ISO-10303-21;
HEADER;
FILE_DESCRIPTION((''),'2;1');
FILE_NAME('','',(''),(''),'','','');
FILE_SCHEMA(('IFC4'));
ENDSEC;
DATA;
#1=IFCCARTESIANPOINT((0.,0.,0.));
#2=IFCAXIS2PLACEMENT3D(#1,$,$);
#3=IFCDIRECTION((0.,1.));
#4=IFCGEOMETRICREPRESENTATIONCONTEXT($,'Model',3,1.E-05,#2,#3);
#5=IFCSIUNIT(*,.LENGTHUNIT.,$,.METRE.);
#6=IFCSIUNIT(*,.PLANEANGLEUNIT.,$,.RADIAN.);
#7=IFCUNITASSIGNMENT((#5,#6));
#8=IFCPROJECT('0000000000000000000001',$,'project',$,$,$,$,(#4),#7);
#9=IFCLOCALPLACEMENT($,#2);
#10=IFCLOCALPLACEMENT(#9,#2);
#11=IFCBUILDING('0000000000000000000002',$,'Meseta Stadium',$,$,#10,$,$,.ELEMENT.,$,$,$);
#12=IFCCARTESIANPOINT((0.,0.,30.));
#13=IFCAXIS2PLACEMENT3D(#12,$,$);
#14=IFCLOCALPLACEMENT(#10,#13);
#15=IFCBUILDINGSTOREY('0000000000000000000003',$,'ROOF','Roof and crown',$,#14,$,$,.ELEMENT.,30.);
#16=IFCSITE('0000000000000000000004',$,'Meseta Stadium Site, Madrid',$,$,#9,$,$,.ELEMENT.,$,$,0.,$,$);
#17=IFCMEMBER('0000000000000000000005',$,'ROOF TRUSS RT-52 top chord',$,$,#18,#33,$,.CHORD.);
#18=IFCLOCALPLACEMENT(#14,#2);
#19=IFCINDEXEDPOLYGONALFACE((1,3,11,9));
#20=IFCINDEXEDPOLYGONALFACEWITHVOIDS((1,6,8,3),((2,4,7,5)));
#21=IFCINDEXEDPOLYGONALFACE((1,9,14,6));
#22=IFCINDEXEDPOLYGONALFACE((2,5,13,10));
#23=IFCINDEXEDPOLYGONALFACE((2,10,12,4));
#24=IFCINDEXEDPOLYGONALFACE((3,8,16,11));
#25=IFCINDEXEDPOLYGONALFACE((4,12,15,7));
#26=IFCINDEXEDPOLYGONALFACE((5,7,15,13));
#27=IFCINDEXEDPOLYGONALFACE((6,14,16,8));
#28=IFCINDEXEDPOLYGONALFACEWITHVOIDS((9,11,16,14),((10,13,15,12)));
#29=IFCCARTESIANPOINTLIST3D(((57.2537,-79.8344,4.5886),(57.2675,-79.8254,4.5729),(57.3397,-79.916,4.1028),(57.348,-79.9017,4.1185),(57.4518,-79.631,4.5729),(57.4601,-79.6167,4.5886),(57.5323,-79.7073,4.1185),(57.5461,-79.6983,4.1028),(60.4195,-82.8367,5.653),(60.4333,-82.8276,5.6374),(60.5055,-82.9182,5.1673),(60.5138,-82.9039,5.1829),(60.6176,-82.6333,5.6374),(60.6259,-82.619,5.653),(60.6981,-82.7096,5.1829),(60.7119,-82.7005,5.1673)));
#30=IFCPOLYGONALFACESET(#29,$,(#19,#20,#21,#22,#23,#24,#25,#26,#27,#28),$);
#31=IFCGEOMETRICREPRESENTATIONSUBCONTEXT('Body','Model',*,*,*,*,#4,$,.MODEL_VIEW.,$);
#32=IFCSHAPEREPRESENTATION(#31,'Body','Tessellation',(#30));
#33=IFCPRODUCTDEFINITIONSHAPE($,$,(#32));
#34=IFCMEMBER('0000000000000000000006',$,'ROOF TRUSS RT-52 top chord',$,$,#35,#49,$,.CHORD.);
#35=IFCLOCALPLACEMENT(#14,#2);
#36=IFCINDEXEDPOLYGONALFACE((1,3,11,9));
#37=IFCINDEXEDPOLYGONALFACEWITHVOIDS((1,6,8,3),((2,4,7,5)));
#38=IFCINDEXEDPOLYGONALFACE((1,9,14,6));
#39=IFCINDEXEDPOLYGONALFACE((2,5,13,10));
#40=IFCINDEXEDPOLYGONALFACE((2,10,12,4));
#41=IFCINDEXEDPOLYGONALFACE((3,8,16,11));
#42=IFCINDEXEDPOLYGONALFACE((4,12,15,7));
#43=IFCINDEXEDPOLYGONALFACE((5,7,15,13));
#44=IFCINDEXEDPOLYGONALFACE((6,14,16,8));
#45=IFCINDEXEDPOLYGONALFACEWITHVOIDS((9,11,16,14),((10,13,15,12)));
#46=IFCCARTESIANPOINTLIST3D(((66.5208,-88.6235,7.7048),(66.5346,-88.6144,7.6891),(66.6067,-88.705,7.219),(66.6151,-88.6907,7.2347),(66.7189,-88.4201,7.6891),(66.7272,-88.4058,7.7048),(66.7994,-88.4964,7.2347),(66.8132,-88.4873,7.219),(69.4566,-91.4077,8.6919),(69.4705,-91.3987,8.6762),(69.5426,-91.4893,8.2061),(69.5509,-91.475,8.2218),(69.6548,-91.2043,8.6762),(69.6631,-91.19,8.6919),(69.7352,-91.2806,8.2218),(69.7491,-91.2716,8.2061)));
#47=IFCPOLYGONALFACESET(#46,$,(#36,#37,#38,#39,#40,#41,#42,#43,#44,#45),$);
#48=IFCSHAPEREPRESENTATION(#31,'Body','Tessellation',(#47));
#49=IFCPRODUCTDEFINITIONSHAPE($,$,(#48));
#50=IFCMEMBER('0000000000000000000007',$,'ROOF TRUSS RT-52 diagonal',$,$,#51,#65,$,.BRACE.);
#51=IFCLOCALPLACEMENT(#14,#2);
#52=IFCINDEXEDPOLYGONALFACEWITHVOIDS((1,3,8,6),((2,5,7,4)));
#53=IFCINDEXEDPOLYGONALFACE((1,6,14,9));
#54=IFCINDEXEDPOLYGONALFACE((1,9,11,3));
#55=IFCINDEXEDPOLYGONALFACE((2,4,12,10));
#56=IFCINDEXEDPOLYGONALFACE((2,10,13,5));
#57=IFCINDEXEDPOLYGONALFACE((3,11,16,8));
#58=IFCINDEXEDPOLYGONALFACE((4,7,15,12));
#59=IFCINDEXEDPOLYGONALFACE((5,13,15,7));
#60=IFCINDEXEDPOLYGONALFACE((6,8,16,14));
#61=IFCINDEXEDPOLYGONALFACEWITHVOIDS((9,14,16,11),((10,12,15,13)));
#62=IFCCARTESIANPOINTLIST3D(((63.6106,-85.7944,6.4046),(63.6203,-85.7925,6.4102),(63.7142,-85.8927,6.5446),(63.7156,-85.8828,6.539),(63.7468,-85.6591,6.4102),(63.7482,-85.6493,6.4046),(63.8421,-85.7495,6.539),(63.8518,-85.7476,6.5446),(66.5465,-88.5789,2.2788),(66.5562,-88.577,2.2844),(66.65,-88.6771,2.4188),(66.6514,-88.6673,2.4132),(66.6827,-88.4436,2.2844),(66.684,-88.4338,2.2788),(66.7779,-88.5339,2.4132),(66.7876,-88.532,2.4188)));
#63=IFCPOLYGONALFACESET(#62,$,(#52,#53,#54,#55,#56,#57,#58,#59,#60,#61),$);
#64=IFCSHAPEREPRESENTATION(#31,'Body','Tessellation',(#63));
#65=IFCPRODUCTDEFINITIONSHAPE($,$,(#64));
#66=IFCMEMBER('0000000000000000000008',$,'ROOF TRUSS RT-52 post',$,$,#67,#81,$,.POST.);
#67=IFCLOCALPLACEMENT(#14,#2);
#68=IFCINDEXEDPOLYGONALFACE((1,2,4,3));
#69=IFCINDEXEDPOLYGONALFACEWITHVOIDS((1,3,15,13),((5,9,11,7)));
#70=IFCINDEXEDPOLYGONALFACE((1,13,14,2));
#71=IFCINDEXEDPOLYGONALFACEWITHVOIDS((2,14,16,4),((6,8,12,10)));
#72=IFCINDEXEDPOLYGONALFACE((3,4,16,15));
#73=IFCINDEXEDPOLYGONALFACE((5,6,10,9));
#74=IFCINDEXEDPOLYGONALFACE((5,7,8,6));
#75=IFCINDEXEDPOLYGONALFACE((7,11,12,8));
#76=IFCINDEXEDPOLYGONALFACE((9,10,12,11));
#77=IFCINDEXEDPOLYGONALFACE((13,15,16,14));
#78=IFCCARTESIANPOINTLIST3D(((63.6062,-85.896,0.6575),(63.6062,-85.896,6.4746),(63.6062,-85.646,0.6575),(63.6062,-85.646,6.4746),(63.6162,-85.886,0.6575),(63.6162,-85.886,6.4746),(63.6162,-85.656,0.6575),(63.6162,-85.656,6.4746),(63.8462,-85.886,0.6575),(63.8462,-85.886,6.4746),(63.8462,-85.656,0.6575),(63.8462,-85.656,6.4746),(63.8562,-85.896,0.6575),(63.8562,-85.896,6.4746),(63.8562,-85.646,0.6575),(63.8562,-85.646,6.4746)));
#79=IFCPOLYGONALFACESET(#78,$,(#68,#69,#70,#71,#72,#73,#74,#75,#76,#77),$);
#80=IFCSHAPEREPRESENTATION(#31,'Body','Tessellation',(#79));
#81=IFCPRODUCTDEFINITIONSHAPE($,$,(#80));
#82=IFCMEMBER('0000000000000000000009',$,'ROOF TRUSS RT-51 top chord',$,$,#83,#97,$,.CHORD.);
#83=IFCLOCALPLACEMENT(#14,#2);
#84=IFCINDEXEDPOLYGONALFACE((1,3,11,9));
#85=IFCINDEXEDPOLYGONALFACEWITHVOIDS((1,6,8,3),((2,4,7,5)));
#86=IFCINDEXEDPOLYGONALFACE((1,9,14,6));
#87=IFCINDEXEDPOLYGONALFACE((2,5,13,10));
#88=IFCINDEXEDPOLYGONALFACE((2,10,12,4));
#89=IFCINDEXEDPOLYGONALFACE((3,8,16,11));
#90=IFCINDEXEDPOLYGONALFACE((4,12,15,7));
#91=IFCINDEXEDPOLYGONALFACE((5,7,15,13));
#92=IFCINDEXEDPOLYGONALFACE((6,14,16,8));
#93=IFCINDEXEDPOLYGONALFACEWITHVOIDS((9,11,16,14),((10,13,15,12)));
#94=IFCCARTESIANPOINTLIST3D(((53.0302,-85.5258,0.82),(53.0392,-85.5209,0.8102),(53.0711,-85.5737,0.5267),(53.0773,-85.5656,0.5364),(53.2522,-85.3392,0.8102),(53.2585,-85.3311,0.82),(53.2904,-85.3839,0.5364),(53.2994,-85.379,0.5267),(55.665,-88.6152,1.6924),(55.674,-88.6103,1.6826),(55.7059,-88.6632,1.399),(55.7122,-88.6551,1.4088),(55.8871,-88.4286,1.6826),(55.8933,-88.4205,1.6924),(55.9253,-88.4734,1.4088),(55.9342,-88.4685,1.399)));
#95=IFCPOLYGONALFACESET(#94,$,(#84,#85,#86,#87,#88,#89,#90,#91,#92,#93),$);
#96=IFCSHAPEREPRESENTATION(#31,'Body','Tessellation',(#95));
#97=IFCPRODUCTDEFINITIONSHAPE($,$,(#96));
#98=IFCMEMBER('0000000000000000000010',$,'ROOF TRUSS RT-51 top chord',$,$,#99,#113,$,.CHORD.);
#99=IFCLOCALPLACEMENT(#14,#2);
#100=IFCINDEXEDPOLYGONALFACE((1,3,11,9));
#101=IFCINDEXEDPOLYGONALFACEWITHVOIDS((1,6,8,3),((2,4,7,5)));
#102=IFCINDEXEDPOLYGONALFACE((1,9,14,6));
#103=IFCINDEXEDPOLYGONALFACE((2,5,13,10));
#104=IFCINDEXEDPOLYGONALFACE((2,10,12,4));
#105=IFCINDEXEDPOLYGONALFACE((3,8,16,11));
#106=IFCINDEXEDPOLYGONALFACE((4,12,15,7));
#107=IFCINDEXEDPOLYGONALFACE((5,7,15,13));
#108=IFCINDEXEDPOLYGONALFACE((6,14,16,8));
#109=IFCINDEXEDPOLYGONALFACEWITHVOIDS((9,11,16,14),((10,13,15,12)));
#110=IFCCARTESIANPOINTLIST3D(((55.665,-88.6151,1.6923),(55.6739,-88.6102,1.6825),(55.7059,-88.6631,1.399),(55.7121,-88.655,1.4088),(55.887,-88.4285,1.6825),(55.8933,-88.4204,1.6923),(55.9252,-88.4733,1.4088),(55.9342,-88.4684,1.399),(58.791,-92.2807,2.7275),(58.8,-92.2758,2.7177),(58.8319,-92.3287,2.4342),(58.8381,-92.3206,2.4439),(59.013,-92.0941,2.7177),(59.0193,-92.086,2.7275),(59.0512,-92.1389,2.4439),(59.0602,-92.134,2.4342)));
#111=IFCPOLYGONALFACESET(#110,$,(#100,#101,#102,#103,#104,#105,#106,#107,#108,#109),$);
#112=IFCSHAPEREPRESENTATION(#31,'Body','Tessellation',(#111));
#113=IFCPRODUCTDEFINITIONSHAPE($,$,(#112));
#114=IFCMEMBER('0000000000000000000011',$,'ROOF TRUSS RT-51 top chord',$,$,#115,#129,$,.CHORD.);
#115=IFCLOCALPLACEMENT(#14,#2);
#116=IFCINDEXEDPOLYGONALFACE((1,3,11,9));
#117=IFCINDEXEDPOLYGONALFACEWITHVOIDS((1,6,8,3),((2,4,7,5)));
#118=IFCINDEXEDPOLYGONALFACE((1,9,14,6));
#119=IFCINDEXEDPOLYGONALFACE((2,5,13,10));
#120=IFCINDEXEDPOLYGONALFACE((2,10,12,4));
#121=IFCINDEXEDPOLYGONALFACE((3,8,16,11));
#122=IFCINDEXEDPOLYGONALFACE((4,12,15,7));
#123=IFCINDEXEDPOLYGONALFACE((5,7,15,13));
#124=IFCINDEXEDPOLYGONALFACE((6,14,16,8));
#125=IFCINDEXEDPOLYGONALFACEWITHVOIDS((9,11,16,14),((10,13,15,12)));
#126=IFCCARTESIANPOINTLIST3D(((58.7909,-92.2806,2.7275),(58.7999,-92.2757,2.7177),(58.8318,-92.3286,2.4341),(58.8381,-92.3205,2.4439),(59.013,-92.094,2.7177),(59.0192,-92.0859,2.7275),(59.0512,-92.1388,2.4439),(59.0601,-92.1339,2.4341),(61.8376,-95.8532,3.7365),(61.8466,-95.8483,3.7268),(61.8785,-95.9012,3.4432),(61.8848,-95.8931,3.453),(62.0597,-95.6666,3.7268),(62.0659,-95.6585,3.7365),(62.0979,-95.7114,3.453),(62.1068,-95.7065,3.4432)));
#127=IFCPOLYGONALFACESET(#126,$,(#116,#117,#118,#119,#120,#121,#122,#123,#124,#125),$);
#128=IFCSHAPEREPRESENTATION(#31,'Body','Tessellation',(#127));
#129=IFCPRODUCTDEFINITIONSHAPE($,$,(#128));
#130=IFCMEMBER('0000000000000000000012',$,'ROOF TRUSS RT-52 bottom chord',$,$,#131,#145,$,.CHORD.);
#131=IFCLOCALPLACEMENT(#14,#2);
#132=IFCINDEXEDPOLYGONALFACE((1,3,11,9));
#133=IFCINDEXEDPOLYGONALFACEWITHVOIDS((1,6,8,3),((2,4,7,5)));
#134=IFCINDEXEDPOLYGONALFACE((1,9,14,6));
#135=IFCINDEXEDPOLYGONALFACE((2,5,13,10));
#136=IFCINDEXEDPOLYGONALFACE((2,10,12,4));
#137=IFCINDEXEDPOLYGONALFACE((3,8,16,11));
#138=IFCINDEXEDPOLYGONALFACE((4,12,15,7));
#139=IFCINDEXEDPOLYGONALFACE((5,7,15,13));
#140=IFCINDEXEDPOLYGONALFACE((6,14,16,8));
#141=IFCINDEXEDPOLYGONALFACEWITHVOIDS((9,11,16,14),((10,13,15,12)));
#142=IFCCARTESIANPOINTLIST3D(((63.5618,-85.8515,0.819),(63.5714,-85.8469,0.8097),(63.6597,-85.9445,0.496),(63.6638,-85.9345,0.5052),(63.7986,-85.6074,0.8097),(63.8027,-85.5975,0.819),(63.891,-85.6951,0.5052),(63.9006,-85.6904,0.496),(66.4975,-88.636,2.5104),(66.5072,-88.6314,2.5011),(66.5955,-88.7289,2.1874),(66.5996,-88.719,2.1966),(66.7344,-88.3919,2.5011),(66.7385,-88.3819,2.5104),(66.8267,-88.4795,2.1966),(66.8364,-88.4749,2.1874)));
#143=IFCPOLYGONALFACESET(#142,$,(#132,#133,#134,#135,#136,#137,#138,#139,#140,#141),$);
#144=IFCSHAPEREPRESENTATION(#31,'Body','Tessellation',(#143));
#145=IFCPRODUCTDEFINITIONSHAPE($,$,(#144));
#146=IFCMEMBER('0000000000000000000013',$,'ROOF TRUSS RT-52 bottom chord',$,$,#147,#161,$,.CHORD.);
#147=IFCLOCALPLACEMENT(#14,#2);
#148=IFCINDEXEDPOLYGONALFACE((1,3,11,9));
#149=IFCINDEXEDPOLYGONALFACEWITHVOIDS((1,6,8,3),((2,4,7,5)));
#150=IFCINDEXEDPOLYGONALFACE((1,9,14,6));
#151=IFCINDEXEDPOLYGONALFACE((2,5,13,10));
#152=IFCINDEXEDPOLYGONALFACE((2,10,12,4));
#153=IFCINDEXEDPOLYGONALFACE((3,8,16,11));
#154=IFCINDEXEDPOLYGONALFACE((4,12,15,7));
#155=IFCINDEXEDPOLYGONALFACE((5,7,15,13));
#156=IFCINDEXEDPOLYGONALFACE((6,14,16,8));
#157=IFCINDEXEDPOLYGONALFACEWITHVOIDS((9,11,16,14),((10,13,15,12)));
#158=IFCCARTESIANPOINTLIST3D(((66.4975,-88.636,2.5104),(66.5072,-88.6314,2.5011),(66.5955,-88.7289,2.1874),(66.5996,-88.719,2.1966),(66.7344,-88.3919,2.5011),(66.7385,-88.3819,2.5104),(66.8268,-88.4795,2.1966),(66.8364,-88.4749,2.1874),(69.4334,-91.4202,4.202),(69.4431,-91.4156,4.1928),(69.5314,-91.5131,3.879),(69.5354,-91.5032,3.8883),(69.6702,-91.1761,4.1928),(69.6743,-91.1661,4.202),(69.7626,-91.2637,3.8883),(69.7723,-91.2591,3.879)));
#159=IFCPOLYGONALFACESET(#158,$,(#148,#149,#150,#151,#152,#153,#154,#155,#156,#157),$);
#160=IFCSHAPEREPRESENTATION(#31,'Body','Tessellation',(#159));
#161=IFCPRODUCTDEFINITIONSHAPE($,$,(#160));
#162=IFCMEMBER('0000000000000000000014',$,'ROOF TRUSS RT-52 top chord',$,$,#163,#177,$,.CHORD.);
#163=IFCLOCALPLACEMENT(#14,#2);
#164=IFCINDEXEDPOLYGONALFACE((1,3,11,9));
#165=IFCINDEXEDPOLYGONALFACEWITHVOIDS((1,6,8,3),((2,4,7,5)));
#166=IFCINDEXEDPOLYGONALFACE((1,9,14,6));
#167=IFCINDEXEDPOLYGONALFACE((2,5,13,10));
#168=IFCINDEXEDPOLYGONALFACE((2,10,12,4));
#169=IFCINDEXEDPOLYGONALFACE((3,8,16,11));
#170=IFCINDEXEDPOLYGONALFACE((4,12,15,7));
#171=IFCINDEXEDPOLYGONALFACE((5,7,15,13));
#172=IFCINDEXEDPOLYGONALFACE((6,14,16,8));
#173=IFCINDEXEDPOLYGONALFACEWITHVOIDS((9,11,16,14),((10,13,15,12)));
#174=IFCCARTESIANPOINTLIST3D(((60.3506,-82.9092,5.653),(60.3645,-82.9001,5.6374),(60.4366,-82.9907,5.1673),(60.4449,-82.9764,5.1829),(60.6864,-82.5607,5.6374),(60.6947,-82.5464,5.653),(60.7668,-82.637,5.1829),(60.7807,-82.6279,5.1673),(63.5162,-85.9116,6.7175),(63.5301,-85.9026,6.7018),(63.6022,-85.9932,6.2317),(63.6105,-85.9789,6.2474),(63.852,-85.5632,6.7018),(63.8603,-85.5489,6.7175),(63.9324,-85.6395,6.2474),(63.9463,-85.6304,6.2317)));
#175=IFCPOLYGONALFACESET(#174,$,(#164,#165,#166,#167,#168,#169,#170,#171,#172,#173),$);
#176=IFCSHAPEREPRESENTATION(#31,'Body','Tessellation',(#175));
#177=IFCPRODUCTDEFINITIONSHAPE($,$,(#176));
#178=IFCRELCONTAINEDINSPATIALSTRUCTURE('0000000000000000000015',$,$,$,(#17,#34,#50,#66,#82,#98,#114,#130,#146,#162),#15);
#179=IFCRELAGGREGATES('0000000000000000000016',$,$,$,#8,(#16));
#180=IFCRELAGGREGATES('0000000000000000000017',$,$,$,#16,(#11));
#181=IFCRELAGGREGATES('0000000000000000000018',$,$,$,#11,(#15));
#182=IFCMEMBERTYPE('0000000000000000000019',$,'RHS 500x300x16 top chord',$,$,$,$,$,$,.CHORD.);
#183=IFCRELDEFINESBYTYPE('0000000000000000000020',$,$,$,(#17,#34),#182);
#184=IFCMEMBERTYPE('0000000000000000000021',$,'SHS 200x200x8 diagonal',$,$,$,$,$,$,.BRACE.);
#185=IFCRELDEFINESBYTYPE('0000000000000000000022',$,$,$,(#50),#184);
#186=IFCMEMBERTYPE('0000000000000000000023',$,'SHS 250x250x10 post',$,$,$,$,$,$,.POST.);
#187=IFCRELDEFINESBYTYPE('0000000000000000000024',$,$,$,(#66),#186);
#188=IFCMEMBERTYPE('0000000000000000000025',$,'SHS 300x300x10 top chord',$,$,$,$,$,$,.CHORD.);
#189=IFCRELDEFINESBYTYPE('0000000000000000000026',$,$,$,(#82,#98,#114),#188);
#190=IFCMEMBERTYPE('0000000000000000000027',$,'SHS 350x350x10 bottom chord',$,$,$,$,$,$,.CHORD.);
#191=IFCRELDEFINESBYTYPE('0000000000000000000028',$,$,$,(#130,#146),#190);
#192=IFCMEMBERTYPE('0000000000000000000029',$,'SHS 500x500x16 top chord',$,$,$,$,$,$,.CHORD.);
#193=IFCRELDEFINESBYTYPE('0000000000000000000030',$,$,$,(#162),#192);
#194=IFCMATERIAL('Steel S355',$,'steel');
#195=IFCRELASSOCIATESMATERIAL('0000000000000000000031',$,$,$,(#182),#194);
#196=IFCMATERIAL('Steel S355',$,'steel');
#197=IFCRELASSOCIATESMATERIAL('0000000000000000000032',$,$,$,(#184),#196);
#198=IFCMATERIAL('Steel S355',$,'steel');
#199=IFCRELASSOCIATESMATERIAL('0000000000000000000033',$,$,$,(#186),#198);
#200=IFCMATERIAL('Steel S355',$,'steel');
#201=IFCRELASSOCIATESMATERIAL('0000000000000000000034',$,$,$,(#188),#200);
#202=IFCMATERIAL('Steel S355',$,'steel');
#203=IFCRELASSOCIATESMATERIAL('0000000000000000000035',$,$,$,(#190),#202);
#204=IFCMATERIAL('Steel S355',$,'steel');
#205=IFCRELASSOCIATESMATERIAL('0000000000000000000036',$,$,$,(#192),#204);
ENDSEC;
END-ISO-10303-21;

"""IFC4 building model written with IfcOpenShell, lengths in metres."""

from ifc_helpers import new_model, si_unit, direction, frame, origin, origin_2d, place, context, subcontext, project, spatial, hollow_rectangle, extrude, material, material_profile, profile_set, type_object, element, save


model = new_model("IFC4")

# Units and contexts
model_context = context("Model", 3, precision=1e-05, world=origin(), true_north=direction((0.0, 1.0)))
body_context = subcontext(model_context, "Body", "Model", "MODEL_VIEW")
ifc_project = project(units=[si_unit("LENGTHUNIT", "METRE"), si_unit("PLANEANGLEUNIT", "RADIAN")], contexts=[model_context])

# Site, building, storey
site_placement = place(None, origin())
site = spatial("IfcSite", under=ifc_project, at=site_placement, Name="Meseta Stadium Site, Madrid", CompositionType="ELEMENT", RefElevation=0.0)
building_placement = place(site_placement, origin())
building = spatial("IfcBuilding", under=site, at=building_placement, Name="Meseta Stadium", CompositionType="ELEMENT")
storey_placement = place(building_placement, frame((0.0, 0.0, 30.0)))
storey = spatial("IfcBuildingStorey", under=building, at=storey_placement, Name="ROOF", Description="Roof and crown", CompositionType="ELEMENT", Elevation=30.0)

# Members
ifc_material_1 = material(Name="Steel S355", Category="steel")
ifc_material_profile_1 = material_profile(ifc_material_1, hollow_rectangle(XDim=0.3, YDim=0.5, WallThickness=0.0161, at=origin_2d()), Name="RHS 500x300x16")
ifc_profile_set_1 = profile_set([ifc_material_profile_1], Name="Steel S355")
member_type_1 = type_object("IfcMemberType", Name="RHS 500x300x16 top chord", PredefinedType="CHORD", material=ifc_profile_set_1)
member_1_placement = place(storey_placement, frame((57.3999, -79.7664, 4.3457), z_axis=(0.704927, -0.668504, 0.237023), x_axis=(0.688112, 0.725604, 0.0)))
element("IfcMember", 1, at=member_1_placement, inside=storey, type_object=member_type_1, Name="ROOF TRUSS RT-52 top chord", PredefinedType="CHORD", context=body_context, shape_type="SweptSolid", body=[
    extrude(hollow_rectangle(XDim=0.3, YDim=0.5, WallThickness=0.0161, at=origin_2d()), origin(), (0.0, 0.0, 1.0), 4.491),
])
member_2_placement = place(storey_placement, frame((66.667, -88.5554, 7.4619), z_axis=(0.704921, -0.668517, 0.237006), x_axis=(0.688123, 0.725594, 0.0)))
element("IfcMember", 2, at=member_2_placement, inside=storey, type_object=member_type_1, Name="ROOF TRUSS RT-52 top chord", PredefinedType="CHORD", context=body_context, shape_type="SweptSolid", body=[
    extrude(hollow_rectangle(XDim=0.3, YDim=0.5, WallThickness=0.0161, at=origin_2d()), origin(), (0.0, 0.0, 1.0), 4.1648),
])
ifc_material_2 = material(Name="Steel S355", Category="steel")
ifc_material_profile_2 = material_profile(ifc_material_2, hollow_rectangle(XDim=0.2, YDim=0.2, WallThickness=0.0081, at=origin_2d()), Name="SHS 200x200x8")
ifc_profile_set_2 = profile_set([ifc_material_profile_2], Name="Steel S355")
member_type_2 = type_object("IfcMemberType", Name="SHS 200x200x8 diagonal", PredefinedType="BRACE", material=ifc_profile_set_2)
member_3_placement = place(storey_placement, frame((63.7312, -85.771, 6.4746), z_axis=(0.508035, -0.481841, -0.713953), x_axis=(0.688155, 0.725564, 0.0)))
element("IfcMember", 3, at=member_3_placement, inside=storey, type_object=member_type_2, Name="ROOF TRUSS RT-52 diagonal", PredefinedType="BRACE", context=body_context, shape_type="SweptSolid", body=[
    extrude(hollow_rectangle(XDim=0.2, YDim=0.2, WallThickness=0.0081, at=origin_2d()), origin(), (0.0, 0.0, 1.0), 5.7788),
])
ifc_material_3 = material(Name="Steel S355", Category="steel")
ifc_material_profile_3 = material_profile(ifc_material_3, hollow_rectangle(XDim=0.25, YDim=0.25, WallThickness=0.01, at=origin_2d()), Name="SHS 250x250x10")
ifc_profile_set_3 = profile_set([ifc_material_profile_3], Name="Steel S355")
member_type_3 = type_object("IfcMemberType", Name="SHS 250x250x10 post", PredefinedType="POST", material=ifc_profile_set_3)
member_4_placement = place(storey_placement, frame((63.7312, -85.771, 0.6575), z_axis=(0.0, 0.0, 1.0), x_axis=(1.0, 0.0, 0.0)))
element("IfcMember", 4, at=member_4_placement, inside=storey, type_object=member_type_3, Name="ROOF TRUSS RT-52 post", PredefinedType="POST", context=body_context, shape_type="SweptSolid", body=[
    extrude(hollow_rectangle(XDim=0.25, YDim=0.25, WallThickness=0.01, at=origin_2d()), origin(), (0.0, 0.0, 1.0), 5.8171),
])
ifc_material_4 = material(Name="Steel S355", Category="steel")
ifc_material_profile_4 = material_profile(ifc_material_4, hollow_rectangle(XDim=0.3, YDim=0.3, WallThickness=0.01, at=origin_2d()), Name="SHS 300x300x10")
ifc_profile_set_4 = profile_set([ifc_material_profile_4], Name="Steel S355")
member_type_4 = type_object("IfcMemberType", Name="SHS 300x300x10 top chord", PredefinedType="CHORD", material=ifc_profile_set_4)
member_5_placement = place(storey_placement, frame((53.1648, -85.4524, 0.6733), z_axis=(0.634431, -0.743893, 0.210047), x_axis=(0.760867, 0.648908, 0.0)))
element("IfcMember", 5, at=member_5_placement, inside=storey, type_object=member_type_4, Name="ROOF TRUSS RT-51 top chord", PredefinedType="CHORD", context=body_context, shape_type="SweptSolid", body=[
    extrude(hollow_rectangle(XDim=0.3, YDim=0.3, WallThickness=0.01, at=origin_2d()), origin(), (0.0, 0.0, 1.0), 4.1531),
])
member_6_placement = place(storey_placement, frame((55.7996, -88.5417, 1.5457), z_axis=(0.634406, -0.743905, 0.210081), x_axis=(0.760885, 0.648886, 0.0)))
element("IfcMember", 6, at=member_6_placement, inside=storey, type_object=member_type_4, Name="ROOF TRUSS RT-51 top chord", PredefinedType="CHORD", context=body_context, shape_type="SweptSolid", body=[
    extrude(hollow_rectangle(XDim=0.3, YDim=0.3, WallThickness=0.01, at=origin_2d()), origin(), (0.0, 0.0, 1.0), 4.9275),
])
member_7_placement = place(storey_placement, frame((58.9255, -92.2073, 2.5808), z_axis=(0.634399, -0.743903, 0.210111), x_axis=(0.760888, 0.648884, 0.0)))
element("IfcMember", 7, at=member_7_placement, inside=storey, type_object=member_type_4, Name="ROOF TRUSS RT-51 top chord", PredefinedType="CHORD", context=body_context, shape_type="SweptSolid", body=[
    extrude(hollow_rectangle(XDim=0.3, YDim=0.3, WallThickness=0.01, at=origin_2d()), origin(), (0.0, 0.0, 1.0), 4.8025),
])
ifc_material_5 = material(Name="Steel S355", Category="steel")
ifc_material_profile_5 = material_profile(ifc_material_5, hollow_rectangle(XDim=0.3501, YDim=0.3501, WallThickness=0.01, at=origin_2d()), Name="SHS 350x350x10")
ifc_profile_set_5 = profile_set([ifc_material_profile_5], Name="Steel S355")
member_type_5 = type_object("IfcMemberType", Name="SHS 350x350x10 bottom chord", PredefinedType="CHORD", material=ifc_profile_set_5)
for number, where, z_axis, x_axis, name in (
    (8, (63.7312, -85.771, 0.6575), (0.669429, -0.634914, 0.38568), (0.688155, 0.725564, 0.0), "ROOF TRUSS RT-52 bottom chord"),
    (9, (66.667, -88.5554, 2.3489), (0.669438, -0.634867, 0.385741), (0.688123, 0.725594, 0.0), "ROOF TRUSS RT-52 bottom chord"),
):
    element("IfcMember", number, at=place(storey_placement, frame(where, z_axis=z_axis, x_axis=x_axis)), inside=storey, type_object=member_type_5, Name=name, PredefinedType="CHORD", context=body_context, shape_type="SweptSolid", body=[
        extrude(hollow_rectangle(XDim=0.3501, YDim=0.3501, WallThickness=0.01, at=origin_2d()), origin(), (0.0, 0.0, 1.0), 4.3855),
    ])
ifc_material_6 = material(Name="Steel S355", Category="steel")
ifc_material_profile_6 = material_profile(ifc_material_6, hollow_rectangle(XDim=0.5, YDim=0.5, WallThickness=0.0161, at=origin_2d()), Name="SHS 500x500x16")
ifc_profile_set_6 = profile_set([ifc_material_profile_6], Name="Steel S355")
member_type_6 = type_object("IfcMemberType", Name="SHS 500x500x16 top chord", PredefinedType="CHORD", material=ifc_profile_set_6)
member_8_placement = place(storey_placement, frame((60.5657, -82.7686, 5.4102), z_axis=(0.704874, -0.66856, 0.237024), x_axis=(0.68817, 0.72555, 0.0)))
element("IfcMember", 10, at=member_8_placement, inside=storey, type_object=member_type_6, Name="ROOF TRUSS RT-52 top chord", PredefinedType="CHORD", context=body_context, shape_type="SweptSolid", body=[
    extrude(hollow_rectangle(XDim=0.5, YDim=0.5, WallThickness=0.0161, at=origin_2d()), origin(), (0.0, 0.0, 1.0), 4.491),
])

save(model, "model.ifc")
